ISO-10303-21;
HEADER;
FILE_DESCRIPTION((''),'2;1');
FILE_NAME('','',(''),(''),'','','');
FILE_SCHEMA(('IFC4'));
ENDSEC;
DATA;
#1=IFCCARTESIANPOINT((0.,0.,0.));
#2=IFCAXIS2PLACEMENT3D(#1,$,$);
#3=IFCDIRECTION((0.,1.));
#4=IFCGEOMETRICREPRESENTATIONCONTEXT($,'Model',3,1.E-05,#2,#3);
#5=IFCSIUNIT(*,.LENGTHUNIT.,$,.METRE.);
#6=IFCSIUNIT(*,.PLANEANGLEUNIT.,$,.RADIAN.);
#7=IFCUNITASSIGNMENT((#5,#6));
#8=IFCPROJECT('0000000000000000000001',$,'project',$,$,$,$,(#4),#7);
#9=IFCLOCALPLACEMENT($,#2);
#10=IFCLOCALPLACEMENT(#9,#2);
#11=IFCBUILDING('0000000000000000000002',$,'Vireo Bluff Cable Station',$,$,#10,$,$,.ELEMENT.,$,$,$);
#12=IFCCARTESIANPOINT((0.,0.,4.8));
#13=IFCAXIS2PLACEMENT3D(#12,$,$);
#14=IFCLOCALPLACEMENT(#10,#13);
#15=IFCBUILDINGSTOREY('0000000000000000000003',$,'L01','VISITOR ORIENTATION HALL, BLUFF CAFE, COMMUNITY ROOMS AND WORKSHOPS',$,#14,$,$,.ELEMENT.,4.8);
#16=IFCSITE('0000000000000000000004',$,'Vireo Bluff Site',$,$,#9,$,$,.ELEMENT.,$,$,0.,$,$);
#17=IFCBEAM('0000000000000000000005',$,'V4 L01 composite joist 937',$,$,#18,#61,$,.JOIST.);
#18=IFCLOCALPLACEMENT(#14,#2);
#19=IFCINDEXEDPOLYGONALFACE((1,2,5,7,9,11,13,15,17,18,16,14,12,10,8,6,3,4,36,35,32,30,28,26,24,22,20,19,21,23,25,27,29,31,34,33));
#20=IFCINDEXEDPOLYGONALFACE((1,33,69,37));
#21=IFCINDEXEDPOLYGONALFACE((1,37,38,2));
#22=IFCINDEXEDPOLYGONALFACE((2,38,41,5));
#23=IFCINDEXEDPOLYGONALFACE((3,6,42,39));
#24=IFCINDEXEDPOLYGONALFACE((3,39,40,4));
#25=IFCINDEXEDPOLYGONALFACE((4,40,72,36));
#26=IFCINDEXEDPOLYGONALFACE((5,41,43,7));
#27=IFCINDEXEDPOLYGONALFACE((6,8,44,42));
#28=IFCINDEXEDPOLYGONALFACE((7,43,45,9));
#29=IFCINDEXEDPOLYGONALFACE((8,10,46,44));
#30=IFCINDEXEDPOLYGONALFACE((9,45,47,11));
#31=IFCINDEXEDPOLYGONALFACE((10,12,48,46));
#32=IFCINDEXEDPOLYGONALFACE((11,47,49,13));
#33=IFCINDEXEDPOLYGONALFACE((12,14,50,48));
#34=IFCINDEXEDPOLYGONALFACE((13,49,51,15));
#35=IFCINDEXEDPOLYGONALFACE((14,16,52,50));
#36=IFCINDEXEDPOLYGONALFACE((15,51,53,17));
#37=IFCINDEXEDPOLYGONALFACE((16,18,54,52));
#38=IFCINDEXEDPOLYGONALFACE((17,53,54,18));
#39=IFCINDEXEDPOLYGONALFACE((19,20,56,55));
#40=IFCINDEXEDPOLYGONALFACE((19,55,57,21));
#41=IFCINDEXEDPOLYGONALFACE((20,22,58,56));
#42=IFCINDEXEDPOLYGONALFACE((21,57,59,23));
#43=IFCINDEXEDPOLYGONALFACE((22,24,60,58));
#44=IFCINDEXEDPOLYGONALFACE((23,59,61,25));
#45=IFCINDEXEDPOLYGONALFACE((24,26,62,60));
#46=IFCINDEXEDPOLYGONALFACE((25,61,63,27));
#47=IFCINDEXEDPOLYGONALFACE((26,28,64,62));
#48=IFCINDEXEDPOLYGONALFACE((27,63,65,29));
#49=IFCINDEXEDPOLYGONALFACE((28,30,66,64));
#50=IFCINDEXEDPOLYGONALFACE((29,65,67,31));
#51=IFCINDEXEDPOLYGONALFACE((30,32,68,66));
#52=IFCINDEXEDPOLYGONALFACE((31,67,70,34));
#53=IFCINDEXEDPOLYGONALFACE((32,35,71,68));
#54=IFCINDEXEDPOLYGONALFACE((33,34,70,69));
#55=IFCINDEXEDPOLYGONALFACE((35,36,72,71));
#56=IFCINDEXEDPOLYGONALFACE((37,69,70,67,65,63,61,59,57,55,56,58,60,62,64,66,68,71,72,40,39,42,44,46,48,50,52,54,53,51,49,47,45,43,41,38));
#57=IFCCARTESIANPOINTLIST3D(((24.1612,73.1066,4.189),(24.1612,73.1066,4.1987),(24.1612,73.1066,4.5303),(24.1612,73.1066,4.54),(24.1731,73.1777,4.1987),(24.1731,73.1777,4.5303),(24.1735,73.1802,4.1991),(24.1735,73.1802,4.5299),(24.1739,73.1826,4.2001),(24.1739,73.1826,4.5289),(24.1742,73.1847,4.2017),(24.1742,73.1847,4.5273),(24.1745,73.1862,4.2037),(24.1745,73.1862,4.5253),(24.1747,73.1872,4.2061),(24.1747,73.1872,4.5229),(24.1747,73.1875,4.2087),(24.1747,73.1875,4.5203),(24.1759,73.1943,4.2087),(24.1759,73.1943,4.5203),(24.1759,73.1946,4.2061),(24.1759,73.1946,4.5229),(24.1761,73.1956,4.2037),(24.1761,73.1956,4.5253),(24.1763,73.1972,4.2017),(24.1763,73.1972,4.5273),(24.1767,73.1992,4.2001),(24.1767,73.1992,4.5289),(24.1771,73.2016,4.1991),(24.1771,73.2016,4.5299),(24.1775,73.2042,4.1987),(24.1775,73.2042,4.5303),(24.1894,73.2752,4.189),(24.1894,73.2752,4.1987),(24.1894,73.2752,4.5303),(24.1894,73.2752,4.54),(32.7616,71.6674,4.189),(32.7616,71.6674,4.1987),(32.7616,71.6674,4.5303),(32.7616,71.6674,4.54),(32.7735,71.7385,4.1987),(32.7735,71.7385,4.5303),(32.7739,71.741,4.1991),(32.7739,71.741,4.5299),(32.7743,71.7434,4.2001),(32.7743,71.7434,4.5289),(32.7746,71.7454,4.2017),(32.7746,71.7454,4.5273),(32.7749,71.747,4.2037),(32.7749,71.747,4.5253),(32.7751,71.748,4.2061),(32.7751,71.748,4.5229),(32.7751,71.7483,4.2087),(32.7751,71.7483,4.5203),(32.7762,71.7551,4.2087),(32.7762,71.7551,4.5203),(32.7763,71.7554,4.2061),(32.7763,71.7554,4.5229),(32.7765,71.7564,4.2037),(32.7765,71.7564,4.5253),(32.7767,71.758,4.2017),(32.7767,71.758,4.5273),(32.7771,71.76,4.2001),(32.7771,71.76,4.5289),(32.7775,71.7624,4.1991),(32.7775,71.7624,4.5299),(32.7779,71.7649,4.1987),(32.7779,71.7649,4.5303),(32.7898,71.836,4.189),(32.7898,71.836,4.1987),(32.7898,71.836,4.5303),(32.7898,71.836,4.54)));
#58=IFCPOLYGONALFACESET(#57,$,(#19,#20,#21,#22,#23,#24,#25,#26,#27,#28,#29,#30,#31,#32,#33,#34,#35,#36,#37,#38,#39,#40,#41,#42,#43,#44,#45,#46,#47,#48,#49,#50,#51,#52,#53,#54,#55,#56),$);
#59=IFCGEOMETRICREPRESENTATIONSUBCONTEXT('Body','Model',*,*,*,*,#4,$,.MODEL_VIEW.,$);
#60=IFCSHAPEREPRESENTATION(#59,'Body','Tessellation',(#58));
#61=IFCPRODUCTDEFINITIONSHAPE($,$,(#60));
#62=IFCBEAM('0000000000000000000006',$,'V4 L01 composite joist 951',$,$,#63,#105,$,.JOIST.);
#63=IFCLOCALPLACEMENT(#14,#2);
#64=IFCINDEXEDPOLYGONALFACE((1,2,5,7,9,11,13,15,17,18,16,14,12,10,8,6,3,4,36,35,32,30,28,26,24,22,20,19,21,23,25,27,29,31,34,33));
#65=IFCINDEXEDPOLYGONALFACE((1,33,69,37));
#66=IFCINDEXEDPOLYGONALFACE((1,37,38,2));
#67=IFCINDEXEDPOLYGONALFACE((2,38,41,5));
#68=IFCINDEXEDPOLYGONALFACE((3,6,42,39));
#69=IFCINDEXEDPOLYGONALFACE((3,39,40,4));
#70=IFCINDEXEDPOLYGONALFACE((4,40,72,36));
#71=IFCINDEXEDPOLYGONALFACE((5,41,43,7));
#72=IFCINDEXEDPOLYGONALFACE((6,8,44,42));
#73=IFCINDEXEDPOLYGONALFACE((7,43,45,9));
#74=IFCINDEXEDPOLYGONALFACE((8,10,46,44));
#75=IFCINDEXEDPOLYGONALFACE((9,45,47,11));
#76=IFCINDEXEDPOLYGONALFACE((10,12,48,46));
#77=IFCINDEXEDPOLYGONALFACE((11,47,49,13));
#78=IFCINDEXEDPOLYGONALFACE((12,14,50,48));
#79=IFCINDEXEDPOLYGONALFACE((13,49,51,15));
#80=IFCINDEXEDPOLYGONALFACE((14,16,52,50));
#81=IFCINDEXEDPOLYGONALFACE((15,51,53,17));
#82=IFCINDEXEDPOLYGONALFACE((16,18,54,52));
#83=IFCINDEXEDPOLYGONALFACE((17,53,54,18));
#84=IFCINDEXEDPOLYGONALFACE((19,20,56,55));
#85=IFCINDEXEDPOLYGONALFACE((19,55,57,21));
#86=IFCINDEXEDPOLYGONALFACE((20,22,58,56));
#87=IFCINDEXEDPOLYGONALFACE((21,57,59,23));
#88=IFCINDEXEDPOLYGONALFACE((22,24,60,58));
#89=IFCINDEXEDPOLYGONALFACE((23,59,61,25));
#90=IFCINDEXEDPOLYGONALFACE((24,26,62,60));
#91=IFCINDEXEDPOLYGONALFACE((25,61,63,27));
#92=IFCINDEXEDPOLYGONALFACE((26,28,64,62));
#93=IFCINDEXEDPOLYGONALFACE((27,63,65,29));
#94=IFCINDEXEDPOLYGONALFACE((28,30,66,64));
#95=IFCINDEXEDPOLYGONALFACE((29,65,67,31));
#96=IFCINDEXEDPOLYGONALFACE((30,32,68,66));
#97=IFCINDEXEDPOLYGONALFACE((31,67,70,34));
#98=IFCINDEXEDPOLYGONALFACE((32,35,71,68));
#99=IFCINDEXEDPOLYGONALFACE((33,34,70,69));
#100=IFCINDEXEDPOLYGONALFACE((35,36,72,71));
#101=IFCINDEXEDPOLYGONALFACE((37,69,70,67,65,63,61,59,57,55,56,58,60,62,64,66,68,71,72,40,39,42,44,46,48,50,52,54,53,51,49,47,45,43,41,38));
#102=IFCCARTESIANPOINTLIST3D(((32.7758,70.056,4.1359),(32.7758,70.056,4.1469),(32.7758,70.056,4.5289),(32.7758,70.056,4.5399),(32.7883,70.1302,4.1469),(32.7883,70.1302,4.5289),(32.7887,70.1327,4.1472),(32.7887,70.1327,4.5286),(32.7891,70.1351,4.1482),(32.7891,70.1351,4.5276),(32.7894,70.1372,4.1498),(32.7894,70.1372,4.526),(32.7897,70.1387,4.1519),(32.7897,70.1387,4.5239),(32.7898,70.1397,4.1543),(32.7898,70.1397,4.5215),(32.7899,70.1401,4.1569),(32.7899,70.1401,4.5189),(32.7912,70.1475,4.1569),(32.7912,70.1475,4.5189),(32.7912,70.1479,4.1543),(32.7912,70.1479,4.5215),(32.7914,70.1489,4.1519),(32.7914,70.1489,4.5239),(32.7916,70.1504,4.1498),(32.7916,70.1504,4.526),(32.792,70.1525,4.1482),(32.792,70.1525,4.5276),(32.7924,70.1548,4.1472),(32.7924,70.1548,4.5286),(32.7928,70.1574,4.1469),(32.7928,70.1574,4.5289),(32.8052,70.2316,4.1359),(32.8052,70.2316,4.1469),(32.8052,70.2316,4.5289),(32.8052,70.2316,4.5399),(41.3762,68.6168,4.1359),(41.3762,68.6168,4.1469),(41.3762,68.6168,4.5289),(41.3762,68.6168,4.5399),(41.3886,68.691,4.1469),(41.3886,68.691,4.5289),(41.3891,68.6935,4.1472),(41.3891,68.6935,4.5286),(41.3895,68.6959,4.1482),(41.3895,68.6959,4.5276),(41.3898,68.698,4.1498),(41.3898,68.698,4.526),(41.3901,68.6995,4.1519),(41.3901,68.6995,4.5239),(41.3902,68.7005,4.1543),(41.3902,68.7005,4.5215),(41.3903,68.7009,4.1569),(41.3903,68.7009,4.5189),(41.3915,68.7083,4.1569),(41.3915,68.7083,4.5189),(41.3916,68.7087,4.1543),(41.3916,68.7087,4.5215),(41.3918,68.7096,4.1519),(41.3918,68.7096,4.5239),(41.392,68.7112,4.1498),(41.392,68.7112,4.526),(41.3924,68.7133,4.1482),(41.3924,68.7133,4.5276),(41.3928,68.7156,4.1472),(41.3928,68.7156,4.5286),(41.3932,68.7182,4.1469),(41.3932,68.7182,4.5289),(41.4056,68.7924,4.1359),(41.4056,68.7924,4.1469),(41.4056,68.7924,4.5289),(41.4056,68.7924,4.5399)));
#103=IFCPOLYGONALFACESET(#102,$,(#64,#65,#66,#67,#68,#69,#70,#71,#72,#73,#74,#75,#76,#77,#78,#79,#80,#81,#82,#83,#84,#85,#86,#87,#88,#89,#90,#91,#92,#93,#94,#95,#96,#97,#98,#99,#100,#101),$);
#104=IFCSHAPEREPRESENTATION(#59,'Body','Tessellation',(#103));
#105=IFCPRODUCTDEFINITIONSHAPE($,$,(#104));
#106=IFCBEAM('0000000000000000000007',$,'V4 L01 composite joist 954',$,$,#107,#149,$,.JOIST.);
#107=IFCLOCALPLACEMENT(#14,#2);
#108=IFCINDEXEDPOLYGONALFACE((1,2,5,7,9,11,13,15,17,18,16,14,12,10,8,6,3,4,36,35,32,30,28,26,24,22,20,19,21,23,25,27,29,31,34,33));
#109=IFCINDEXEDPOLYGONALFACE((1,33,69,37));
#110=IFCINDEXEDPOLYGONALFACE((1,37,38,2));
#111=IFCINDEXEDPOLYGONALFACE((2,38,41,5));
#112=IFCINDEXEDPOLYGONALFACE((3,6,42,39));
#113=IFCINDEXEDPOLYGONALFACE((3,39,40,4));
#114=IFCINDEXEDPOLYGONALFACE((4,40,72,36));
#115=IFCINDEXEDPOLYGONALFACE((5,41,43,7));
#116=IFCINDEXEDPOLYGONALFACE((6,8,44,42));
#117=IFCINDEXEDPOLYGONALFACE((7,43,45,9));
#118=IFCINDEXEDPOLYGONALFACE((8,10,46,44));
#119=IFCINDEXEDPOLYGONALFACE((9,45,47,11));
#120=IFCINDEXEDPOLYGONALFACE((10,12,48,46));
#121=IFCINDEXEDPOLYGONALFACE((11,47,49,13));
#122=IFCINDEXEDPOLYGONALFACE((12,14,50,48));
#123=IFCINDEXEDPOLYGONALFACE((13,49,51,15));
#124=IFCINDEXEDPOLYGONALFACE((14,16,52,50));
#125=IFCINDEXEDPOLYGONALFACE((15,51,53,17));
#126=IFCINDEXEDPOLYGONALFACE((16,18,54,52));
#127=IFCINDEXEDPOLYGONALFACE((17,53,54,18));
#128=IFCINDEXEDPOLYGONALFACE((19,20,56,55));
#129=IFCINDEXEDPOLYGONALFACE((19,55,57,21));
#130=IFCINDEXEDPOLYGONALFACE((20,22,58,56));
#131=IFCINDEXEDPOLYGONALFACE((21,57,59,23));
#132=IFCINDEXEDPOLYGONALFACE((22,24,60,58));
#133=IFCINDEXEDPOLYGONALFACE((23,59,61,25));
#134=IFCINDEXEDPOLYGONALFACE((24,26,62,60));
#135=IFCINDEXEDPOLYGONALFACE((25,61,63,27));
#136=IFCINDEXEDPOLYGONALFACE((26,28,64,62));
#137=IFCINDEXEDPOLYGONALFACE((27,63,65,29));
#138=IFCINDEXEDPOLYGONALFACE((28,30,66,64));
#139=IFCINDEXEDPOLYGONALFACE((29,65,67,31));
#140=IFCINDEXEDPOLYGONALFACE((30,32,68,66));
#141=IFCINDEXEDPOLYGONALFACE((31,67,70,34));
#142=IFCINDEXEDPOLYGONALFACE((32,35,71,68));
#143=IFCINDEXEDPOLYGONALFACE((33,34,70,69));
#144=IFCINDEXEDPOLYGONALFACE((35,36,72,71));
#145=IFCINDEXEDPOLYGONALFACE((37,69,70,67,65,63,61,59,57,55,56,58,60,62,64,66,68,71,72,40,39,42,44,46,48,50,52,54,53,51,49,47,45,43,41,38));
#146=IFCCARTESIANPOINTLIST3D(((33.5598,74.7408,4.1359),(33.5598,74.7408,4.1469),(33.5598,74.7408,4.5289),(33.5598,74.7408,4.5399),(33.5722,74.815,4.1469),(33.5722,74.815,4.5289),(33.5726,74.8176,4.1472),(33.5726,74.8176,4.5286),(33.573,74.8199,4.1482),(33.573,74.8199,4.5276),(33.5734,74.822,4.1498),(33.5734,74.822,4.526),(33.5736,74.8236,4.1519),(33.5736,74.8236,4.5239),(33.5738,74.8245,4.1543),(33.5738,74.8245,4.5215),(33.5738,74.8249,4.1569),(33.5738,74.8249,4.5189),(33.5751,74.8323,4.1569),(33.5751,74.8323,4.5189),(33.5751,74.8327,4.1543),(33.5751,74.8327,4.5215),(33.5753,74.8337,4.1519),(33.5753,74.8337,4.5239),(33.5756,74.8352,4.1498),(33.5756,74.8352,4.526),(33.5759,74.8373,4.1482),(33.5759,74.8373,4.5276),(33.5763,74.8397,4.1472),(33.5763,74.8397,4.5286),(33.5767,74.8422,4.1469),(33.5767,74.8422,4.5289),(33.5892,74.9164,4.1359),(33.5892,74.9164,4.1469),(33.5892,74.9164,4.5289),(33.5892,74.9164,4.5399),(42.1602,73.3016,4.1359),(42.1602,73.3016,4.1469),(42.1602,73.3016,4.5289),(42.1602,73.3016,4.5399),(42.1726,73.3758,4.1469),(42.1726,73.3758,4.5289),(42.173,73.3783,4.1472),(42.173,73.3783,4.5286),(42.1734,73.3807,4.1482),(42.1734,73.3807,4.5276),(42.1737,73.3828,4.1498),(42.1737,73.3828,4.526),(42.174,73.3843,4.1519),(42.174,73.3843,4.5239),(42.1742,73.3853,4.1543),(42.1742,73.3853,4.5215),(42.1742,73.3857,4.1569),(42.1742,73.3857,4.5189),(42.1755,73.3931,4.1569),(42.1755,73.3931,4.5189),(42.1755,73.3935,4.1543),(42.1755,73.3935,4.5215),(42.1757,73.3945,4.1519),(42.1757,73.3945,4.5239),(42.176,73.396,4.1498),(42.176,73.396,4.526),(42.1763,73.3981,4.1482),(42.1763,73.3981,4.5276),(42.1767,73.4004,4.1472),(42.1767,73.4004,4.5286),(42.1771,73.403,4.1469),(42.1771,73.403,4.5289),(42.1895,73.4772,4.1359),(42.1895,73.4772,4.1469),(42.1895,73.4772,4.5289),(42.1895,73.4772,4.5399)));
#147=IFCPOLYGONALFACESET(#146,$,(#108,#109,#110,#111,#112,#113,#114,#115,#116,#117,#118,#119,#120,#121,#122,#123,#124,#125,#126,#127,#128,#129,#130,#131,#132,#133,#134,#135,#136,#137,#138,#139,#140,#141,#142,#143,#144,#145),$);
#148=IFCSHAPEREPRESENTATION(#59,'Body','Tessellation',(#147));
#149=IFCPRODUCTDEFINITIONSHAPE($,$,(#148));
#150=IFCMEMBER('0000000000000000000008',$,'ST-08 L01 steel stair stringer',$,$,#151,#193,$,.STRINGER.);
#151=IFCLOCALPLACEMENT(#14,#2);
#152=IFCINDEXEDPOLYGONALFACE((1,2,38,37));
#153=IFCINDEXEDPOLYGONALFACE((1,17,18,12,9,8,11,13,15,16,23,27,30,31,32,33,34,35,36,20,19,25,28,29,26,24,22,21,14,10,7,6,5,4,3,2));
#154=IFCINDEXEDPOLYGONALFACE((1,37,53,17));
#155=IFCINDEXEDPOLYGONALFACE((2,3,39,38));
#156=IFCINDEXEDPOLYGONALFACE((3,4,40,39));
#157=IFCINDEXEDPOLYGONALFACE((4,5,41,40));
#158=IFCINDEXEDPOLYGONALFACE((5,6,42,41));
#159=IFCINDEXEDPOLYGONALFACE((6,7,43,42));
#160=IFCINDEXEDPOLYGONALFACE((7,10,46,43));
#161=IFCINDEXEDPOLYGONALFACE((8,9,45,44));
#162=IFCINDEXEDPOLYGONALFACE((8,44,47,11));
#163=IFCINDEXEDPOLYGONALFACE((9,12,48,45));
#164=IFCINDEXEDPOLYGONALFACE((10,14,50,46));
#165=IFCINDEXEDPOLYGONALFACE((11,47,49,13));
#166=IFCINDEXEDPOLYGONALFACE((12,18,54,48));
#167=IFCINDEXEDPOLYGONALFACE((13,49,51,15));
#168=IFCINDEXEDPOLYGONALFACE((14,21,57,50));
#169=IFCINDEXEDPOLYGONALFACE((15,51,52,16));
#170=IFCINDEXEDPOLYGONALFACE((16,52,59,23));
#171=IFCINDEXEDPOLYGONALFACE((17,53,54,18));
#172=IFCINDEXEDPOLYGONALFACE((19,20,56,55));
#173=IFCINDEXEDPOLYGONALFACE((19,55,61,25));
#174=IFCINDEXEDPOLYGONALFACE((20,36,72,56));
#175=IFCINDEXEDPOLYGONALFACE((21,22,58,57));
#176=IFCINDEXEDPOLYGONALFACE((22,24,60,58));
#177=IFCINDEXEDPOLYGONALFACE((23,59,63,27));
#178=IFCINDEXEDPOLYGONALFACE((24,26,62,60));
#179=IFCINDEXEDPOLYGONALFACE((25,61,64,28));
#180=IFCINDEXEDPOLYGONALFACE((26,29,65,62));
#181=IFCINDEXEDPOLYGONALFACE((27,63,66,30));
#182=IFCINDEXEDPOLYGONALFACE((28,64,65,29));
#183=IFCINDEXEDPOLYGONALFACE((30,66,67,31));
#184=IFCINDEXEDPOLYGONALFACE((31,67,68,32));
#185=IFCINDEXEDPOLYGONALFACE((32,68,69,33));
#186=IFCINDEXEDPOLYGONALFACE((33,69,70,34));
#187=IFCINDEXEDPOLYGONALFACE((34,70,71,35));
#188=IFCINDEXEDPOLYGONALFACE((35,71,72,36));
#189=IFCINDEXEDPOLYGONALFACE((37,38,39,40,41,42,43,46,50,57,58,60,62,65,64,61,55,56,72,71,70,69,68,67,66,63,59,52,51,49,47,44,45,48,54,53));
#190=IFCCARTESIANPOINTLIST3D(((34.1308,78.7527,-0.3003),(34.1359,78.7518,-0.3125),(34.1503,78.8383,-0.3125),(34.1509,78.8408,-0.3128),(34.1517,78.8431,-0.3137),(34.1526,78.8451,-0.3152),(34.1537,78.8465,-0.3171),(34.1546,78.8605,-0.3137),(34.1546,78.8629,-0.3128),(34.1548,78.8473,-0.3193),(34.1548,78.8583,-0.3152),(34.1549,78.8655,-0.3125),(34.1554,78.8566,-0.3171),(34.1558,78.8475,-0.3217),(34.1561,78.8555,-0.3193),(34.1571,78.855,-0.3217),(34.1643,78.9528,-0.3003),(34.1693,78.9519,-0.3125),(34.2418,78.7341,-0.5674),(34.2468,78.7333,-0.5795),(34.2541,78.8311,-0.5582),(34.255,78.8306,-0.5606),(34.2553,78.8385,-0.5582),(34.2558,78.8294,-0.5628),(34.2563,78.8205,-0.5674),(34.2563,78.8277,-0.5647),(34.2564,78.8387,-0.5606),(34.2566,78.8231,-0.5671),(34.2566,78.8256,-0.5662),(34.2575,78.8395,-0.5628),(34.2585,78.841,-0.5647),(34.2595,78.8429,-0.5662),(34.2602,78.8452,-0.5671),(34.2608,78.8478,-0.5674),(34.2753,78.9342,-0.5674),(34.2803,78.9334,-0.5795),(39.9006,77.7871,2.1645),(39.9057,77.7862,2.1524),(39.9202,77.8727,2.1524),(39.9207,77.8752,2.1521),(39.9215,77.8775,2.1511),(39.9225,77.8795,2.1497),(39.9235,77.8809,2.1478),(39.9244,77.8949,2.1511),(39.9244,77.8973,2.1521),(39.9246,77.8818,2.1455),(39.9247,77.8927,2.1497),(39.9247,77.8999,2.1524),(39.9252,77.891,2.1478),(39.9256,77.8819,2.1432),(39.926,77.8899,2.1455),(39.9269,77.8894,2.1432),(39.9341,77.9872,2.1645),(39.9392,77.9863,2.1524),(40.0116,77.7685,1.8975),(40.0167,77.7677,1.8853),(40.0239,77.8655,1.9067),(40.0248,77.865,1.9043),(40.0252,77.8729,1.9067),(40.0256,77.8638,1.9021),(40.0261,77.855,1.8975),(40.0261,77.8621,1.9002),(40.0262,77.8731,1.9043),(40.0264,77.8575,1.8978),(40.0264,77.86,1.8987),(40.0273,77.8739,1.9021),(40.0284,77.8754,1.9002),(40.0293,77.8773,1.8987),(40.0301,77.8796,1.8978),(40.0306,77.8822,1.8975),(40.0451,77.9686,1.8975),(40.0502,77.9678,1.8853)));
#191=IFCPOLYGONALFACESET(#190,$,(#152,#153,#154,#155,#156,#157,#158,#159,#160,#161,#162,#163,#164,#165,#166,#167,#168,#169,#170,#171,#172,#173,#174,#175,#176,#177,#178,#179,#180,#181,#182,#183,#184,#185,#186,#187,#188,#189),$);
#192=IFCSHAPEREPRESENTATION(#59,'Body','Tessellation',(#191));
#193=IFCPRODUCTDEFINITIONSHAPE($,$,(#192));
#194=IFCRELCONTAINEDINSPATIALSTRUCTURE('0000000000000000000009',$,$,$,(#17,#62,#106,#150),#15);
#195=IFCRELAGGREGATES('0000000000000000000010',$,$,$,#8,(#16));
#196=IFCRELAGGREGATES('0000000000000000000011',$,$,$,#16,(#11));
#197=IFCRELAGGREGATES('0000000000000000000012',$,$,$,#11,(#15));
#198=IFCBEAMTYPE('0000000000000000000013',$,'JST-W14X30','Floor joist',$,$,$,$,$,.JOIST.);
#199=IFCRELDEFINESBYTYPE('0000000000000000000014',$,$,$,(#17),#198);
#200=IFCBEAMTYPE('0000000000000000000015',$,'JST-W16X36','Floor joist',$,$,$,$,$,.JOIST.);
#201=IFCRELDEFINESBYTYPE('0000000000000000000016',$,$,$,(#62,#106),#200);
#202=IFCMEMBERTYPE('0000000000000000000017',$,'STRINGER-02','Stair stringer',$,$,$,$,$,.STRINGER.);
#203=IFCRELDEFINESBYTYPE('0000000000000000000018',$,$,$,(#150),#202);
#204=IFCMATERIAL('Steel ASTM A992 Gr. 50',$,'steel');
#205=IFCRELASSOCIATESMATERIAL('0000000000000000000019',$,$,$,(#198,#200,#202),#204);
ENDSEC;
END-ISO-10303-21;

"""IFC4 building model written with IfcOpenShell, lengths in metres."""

from ifc_helpers import new_model, si_unit, direction, frame, origin, origin_2d, place, context, subcontext, project, spatial, i_section, extrude, material, material_profile, profile_set, type_object, element, save


model = new_model("IFC4")

# Units and contexts
model_context = context("Model", 3, precision=1e-05, world=origin(), true_north=direction((0.0, 1.0)))
body_context = subcontext(model_context, "Body", "Model", "MODEL_VIEW")
ifc_project = project(units=[si_unit("LENGTHUNIT", "METRE"), si_unit("PLANEANGLEUNIT", "RADIAN")], contexts=[model_context])

# Site, building, storey
site_placement = place(None, origin())
site = spatial("IfcSite", under=ifc_project, at=site_placement, Name="Vireo Bluff Site", CompositionType="ELEMENT", RefElevation=0.0)
building_placement = place(site_placement, origin())
building = spatial("IfcBuilding", under=site, at=building_placement, Name="Vireo Bluff Cable Station", CompositionType="ELEMENT")
storey_placement = place(building_placement, frame((0.0, 0.0, 4.8)))
storey = spatial("IfcBuildingStorey", under=building, at=storey_placement, Name="L01", Description="VISITOR ORIENTATION HALL, BLUFF CAFE, COMMUNITY ROOMS AND WORKSHOPS", CompositionType="ELEMENT", Elevation=4.8)

# Shared definitions
ifc_material_1 = material(Name="Steel ASTM A992 Gr. 50", Category="steel")

# Beams
ifc_material_profile_1 = material_profile(ifc_material_1, i_section(OverallWidth=0.1709, OverallDepth=0.3511, WebThickness=0.0068, FlangeThickness=0.0098, FilletRadius=0.01, at=origin_2d()), Name="W14X30")
ifc_profile_set_1 = profile_set([ifc_material_profile_1], Name="Steel ASTM A992 Gr. 50")
beam_type_1 = type_object("IfcBeamType", Name="JST-W14X30", Description="Floor joist", PredefinedType="JOIST", material=ifc_profile_set_1)
beam_1_placement = place(storey_placement, frame((24.1753, 73.1909, 4.3645), z_axis=(0.986286, -0.165048, 0.0), x_axis=(0.165048, 0.986286, 0.0)))
element("IfcBeam", 1, at=beam_1_placement, inside=storey, type_object=beam_type_1, Name="V4 L01 composite joist 937", PredefinedType="JOIST", context=body_context, shape_type="SweptSolid", body=[
    extrude(i_section(OverallWidth=0.1709, OverallDepth=0.3511, WebThickness=0.0068, FlangeThickness=0.0098, FilletRadius=0.01, at=origin_2d()), origin(), (0.0, 0.0, 1.0), 8.72),
])
ifc_material_profile_2 = material_profile(ifc_material_1, i_section(OverallWidth=0.178, OverallDepth=0.4041, WebThickness=0.0076, FlangeThickness=0.011, FilletRadius=0.01, at=origin_2d()), Name="W16X36")
ifc_profile_set_2 = profile_set([ifc_material_profile_2], Name="Steel ASTM A992 Gr. 50")
beam_type_2 = type_object("IfcBeamType", Name="JST-W16X36", Description="Floor joist", PredefinedType="JOIST", material=ifc_profile_set_2)
for number, where, z_axis, x_axis, name in (
    (2, (32.7905, 70.1438, 4.3379), (0.986286, -0.165048, 0.0), (0.165048, 0.986286, 0.0), "V4 L01 composite joist 951"),
    (3, (33.5745, 74.8286, 4.3379), (0.986286, -0.165048, 0.0), (0.165048, 0.986286, 0.0), "V4 L01 composite joist 954"),
):
    element("IfcBeam", number, at=place(storey_placement, frame(where, z_axis=z_axis, x_axis=x_axis)), inside=storey, type_object=beam_type_2, Name=name, PredefinedType="JOIST", context=body_context, shape_type="SweptSolid", body=[
        extrude(i_section(OverallWidth=0.178, OverallDepth=0.4041, WebThickness=0.0076, FlangeThickness=0.011, FilletRadius=0.01, at=origin_2d()), origin(), (0.0, 0.0, 1.0), 8.72),
    ])

# Member
ifc_material_profile_3 = material_profile(ifc_material_1, i_section(OverallWidth=0.2029, OverallDepth=0.303, WebThickness=0.0076, FlangeThickness=0.0132, FilletRadius=0.01, at=origin_2d()), Name="W12X40")
ifc_profile_set_3 = profile_set([ifc_material_profile_3], Name="Steel ASTM A992 Gr. 50")
member_type_1 = type_object("IfcMemberType", Name="STRINGER-02", Description="Stair stringer", PredefinedType="STRINGER", material=ifc_profile_set_3)
member_1_placement = place(storey_placement, frame((34.2056, 78.843, -0.4399), z_axis=(0.908901, -0.152105, 0.388282), x_axis=(0.165055, 0.986284, 0.0)))
element("IfcMember", 4, at=member_1_placement, inside=storey, type_object=member_type_1, Name="ST-08 L01 steel stair stringer", PredefinedType="STRINGER", context=body_context, shape_type="SweptSolid", body=[
    extrude(i_section(OverallWidth=0.2029, OverallDepth=0.303, WebThickness=0.0076, FlangeThickness=0.0132, FilletRadius=0.01, at=origin_2d()), origin(), (0.0, 0.0, 1.0), 6.3481),
])

save(model, "model.ifc")
